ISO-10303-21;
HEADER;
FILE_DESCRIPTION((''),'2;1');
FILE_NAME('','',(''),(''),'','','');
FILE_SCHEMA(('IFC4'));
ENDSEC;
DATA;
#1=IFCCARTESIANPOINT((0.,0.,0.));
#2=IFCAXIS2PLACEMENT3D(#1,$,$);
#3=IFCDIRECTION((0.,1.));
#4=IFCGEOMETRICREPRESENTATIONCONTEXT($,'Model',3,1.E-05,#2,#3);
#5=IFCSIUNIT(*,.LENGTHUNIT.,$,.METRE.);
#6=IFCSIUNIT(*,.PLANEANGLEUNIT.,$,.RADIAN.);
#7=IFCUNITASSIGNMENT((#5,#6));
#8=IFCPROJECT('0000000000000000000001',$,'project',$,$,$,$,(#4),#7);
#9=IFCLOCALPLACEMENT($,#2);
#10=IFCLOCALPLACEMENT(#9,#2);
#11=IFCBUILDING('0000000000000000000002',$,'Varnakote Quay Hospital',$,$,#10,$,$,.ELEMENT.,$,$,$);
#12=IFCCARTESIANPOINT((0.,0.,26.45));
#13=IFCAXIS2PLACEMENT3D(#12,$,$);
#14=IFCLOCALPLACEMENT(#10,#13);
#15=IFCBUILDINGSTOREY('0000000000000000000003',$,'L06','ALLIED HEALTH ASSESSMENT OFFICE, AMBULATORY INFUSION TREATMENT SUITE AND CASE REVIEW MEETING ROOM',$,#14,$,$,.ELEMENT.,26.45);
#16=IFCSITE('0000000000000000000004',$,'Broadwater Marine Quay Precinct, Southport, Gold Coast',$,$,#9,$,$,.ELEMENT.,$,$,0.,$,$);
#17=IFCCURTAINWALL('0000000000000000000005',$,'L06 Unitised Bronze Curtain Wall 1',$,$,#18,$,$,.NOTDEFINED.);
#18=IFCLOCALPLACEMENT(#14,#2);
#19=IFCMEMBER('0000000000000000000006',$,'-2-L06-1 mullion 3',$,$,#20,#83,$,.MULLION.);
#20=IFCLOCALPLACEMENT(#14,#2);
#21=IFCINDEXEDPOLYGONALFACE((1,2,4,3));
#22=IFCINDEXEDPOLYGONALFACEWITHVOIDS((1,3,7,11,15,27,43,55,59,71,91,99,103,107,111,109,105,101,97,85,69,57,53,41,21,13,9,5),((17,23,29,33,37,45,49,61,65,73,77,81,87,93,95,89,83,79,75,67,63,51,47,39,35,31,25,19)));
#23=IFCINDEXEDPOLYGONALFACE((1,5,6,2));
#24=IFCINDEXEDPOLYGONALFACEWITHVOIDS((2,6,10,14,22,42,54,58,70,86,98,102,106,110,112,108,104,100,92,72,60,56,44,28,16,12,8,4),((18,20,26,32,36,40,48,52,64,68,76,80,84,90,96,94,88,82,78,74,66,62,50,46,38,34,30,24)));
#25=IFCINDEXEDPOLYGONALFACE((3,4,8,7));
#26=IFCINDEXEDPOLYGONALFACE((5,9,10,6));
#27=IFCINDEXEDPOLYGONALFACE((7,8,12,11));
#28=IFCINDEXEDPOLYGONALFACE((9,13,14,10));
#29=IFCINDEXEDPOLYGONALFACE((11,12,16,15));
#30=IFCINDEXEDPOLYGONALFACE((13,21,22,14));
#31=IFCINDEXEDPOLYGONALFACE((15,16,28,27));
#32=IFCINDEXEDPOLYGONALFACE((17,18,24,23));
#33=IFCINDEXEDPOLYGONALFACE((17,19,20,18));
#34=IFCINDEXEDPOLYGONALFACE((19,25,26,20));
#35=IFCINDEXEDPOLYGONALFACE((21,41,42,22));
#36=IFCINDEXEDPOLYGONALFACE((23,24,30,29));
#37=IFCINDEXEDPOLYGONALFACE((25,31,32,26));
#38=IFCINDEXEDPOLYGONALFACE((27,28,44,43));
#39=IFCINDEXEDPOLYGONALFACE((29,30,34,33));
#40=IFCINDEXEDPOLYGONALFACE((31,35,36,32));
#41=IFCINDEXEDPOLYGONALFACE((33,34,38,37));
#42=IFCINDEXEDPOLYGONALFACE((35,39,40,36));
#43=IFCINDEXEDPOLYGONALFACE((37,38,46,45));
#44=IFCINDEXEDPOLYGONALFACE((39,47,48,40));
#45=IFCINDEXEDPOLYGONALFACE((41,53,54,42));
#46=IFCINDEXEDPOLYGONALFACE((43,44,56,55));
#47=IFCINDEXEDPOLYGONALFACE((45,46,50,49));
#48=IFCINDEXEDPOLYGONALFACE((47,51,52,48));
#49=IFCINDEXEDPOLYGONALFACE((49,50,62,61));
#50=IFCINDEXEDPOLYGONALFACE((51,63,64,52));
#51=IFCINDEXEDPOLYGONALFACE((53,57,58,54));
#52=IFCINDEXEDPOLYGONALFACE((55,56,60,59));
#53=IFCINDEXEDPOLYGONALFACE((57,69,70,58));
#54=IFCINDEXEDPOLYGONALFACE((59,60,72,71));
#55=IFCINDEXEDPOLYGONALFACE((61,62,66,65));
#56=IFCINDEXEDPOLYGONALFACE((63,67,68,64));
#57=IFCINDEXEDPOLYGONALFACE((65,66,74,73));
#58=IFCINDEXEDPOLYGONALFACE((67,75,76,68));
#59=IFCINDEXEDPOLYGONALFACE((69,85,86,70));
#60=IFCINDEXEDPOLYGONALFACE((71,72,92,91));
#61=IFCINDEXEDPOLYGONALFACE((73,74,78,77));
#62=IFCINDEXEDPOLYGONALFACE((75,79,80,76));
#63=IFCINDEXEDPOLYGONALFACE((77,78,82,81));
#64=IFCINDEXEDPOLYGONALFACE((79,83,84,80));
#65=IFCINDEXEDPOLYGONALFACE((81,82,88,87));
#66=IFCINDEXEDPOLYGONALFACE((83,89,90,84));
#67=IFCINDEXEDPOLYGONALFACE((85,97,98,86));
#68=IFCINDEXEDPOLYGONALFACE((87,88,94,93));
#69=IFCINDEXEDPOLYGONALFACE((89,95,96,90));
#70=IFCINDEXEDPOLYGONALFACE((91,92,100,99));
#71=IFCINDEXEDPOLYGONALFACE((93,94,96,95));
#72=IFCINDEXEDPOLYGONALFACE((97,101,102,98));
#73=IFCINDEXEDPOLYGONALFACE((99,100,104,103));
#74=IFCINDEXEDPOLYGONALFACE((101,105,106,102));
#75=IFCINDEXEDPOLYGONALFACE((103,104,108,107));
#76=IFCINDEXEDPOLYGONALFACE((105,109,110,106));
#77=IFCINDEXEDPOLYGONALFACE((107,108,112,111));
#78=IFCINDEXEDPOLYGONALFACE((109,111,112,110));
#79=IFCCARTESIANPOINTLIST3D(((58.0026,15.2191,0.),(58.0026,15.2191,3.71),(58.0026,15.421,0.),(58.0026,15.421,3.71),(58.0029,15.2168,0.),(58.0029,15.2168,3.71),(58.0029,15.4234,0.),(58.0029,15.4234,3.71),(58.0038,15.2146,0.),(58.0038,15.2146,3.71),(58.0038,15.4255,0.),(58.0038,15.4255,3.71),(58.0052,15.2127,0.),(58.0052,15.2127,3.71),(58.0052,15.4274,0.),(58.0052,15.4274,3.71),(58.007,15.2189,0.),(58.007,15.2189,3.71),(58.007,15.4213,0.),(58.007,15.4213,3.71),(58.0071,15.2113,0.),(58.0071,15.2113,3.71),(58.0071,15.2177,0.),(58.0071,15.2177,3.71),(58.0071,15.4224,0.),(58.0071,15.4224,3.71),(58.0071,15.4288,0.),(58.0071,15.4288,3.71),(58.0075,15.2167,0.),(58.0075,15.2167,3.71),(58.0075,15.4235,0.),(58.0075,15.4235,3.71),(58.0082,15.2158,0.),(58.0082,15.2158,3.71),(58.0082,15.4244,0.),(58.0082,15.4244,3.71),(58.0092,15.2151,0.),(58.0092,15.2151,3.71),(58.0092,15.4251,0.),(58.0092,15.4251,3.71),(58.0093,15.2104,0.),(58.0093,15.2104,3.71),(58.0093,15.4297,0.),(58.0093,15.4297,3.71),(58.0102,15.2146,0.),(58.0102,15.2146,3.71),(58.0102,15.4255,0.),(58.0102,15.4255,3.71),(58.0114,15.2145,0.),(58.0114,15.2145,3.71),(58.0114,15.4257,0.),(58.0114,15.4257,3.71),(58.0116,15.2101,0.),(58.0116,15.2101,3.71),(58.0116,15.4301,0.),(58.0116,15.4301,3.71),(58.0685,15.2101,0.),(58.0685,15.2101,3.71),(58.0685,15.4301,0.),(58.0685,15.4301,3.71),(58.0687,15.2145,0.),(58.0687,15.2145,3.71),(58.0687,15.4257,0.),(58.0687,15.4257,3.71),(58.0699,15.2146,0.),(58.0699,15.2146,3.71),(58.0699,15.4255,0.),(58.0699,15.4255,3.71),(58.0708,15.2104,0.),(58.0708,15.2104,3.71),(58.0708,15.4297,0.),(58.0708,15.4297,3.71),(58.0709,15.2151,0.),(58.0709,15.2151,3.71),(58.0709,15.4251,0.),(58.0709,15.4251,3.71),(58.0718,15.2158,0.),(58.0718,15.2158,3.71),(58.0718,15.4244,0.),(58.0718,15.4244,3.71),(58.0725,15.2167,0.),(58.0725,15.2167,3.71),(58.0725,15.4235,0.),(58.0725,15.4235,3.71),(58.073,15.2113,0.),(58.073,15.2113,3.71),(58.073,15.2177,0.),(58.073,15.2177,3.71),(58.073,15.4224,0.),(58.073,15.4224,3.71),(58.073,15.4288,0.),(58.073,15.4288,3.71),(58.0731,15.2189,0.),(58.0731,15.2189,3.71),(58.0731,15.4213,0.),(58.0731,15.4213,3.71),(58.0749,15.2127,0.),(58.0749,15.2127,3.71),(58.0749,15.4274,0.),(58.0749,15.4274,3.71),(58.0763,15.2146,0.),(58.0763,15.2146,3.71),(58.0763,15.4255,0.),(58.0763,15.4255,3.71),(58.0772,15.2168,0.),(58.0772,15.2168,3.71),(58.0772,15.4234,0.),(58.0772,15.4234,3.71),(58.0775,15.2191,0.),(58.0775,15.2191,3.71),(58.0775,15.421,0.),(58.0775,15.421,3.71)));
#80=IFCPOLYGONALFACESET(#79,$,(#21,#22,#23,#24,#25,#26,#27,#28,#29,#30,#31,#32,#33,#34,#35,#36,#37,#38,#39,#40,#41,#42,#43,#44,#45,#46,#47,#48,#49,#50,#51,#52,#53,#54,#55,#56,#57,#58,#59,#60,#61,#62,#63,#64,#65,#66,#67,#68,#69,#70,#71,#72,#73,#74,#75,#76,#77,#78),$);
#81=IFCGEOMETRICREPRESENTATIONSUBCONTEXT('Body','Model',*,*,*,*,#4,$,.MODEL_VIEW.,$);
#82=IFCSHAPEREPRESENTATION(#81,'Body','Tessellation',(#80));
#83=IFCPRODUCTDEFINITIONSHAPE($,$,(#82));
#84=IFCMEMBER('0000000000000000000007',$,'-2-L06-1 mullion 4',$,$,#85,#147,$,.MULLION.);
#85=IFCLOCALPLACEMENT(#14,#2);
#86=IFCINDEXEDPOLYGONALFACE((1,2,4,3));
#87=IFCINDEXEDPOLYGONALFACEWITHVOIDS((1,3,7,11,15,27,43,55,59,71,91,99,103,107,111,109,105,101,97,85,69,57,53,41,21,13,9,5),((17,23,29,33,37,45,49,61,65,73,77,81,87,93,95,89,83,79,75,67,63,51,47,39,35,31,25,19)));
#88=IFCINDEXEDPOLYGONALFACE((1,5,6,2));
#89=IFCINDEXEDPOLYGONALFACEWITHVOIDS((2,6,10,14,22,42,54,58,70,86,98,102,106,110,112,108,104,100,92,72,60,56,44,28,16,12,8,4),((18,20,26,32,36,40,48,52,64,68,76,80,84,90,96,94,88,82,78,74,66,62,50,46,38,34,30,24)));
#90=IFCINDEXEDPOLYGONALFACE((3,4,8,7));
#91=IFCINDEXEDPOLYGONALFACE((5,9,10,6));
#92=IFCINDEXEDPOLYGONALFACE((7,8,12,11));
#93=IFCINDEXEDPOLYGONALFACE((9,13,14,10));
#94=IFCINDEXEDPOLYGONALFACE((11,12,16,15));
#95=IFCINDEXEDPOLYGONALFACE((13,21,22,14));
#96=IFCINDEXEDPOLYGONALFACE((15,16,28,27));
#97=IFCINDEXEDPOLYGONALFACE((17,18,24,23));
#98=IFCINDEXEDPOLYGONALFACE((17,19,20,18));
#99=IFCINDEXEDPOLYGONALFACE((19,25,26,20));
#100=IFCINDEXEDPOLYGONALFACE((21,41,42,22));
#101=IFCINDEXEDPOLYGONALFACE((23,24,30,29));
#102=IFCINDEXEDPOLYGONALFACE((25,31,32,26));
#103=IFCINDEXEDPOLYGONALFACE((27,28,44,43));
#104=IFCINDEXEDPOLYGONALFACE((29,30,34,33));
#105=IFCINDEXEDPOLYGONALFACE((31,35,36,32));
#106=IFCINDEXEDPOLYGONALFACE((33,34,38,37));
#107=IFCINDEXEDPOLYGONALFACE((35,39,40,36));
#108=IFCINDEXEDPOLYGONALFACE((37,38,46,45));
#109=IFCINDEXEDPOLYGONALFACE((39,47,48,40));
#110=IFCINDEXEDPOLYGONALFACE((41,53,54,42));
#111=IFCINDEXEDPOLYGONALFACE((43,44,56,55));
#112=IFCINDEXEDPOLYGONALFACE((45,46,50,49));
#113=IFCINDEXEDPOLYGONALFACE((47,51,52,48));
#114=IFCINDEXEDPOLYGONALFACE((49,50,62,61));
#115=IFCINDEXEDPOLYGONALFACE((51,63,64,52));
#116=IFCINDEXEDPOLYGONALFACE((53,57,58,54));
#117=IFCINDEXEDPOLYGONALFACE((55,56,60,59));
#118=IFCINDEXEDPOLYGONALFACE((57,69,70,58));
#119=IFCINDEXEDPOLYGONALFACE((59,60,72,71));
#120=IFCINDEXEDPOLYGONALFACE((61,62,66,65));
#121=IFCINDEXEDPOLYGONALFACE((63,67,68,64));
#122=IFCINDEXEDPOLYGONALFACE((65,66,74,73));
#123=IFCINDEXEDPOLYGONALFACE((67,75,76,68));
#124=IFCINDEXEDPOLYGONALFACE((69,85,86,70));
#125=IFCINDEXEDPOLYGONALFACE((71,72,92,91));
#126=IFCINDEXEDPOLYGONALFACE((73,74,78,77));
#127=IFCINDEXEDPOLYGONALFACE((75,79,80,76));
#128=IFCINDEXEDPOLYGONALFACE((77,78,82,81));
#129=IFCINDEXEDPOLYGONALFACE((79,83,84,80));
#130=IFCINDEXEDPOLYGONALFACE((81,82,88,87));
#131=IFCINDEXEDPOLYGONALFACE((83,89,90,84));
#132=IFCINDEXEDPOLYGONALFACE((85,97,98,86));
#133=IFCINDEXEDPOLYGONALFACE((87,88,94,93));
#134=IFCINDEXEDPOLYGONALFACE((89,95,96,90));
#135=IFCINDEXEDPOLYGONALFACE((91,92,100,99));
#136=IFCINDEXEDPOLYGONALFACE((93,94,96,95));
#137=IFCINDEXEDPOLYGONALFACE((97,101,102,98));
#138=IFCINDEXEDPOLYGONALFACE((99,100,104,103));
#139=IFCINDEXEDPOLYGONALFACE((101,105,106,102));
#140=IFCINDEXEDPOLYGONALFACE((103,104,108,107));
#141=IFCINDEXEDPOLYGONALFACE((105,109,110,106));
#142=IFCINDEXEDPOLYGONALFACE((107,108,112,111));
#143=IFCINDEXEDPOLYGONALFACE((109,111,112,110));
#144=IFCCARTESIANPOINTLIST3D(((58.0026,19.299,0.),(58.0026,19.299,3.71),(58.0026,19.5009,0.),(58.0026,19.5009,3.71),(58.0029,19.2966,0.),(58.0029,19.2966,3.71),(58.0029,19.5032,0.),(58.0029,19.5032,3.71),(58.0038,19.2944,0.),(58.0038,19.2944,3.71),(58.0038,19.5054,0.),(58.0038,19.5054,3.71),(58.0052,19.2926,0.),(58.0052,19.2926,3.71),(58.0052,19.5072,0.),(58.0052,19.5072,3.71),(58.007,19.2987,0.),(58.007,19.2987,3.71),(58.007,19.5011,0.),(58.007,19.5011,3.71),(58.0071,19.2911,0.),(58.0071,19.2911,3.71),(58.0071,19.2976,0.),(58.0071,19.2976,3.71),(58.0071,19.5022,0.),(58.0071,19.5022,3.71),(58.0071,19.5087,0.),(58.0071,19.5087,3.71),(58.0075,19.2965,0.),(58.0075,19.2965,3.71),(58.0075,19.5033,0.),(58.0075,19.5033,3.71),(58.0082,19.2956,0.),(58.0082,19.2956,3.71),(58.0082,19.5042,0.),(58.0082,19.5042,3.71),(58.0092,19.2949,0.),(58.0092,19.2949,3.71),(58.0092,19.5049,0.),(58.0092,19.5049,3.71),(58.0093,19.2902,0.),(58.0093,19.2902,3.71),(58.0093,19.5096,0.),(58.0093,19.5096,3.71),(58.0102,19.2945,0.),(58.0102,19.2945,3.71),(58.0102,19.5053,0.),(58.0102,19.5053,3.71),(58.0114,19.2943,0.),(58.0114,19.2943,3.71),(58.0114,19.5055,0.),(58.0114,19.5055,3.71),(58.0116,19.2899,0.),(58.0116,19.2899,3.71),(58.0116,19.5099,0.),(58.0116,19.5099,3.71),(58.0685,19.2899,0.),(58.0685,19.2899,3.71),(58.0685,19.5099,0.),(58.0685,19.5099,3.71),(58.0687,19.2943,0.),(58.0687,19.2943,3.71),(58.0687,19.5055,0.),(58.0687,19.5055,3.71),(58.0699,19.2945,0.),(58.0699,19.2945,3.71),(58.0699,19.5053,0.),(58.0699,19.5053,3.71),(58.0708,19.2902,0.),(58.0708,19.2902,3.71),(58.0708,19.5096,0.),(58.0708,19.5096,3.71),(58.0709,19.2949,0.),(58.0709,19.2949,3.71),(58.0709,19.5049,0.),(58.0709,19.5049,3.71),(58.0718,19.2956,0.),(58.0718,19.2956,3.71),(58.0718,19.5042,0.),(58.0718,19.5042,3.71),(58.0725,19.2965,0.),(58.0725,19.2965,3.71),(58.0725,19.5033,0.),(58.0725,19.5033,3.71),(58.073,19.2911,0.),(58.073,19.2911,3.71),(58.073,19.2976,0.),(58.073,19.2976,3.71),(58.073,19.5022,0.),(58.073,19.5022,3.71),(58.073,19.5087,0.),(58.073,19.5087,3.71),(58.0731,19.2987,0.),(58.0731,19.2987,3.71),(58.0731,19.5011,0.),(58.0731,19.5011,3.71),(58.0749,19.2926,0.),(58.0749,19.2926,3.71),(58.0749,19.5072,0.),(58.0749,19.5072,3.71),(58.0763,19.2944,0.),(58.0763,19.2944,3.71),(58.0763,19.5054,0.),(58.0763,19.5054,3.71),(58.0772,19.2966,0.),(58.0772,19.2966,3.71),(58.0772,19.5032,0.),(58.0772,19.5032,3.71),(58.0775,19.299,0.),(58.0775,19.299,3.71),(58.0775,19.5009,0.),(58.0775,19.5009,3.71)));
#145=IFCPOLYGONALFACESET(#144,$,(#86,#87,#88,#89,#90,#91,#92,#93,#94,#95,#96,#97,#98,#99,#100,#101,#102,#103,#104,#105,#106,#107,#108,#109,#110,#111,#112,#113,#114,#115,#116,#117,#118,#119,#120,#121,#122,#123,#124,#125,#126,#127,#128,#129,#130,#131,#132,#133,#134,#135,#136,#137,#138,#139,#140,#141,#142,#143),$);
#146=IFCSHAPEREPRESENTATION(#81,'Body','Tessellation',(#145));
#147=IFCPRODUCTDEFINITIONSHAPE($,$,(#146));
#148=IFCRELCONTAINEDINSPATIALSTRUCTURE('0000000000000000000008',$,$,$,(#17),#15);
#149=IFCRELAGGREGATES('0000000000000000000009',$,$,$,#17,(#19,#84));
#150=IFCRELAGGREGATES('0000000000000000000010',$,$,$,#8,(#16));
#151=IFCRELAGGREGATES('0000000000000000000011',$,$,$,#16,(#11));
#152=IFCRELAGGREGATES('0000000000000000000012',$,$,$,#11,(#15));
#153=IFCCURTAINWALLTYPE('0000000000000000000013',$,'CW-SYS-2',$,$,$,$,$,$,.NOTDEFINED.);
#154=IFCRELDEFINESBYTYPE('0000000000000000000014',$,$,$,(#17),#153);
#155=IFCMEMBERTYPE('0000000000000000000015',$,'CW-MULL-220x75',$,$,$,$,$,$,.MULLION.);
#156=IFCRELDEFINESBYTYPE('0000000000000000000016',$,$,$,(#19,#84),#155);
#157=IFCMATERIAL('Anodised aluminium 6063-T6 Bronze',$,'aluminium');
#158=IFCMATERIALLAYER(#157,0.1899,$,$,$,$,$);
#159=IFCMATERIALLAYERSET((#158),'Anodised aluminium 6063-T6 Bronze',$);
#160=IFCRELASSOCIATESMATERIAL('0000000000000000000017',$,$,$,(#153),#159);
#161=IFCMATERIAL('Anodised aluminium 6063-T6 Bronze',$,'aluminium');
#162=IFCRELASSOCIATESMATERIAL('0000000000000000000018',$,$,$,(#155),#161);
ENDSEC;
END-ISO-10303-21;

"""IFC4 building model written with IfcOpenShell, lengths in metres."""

from ifc_helpers import new_model, si_unit, direction, frame, origin, origin_2d, place, context, subcontext, project, spatial, hollow_rectangle, extrude, material, layer, layer_set, material_profile, profile_set, type_object, element, aggregate, save


model = new_model("IFC4")

# Units and contexts
model_context = context("Model", 3, precision=1e-05, world=origin(), true_north=direction((0.0, 1.0)))
body_context = subcontext(model_context, "Body", "Model", "MODEL_VIEW")
ifc_project = project(units=[si_unit("LENGTHUNIT", "METRE"), si_unit("PLANEANGLEUNIT", "RADIAN")], contexts=[model_context])

# Site, building, storey
site_placement = place(None, origin())
site = spatial("IfcSite", under=ifc_project, at=site_placement, Name="Broadwater Marine Quay Precinct, Southport, Gold Coast", CompositionType="ELEMENT", RefElevation=0.0)
building_placement = place(site_placement, origin())
building = spatial("IfcBuilding", under=site, at=building_placement, Name="Varnakote Quay Hospital", CompositionType="ELEMENT")
storey_placement = place(building_placement, frame((0.0, 0.0, 26.45)))
storey = spatial("IfcBuildingStorey", under=building, at=storey_placement, Name="L06", Description="ALLIED HEALTH ASSESSMENT OFFICE, AMBULATORY INFUSION TREATMENT SUITE AND CASE REVIEW MEETING ROOM", CompositionType="ELEMENT", Elevation=26.45)

# Curtain wall, members
ifc_material_1 = material(Name="Anodised aluminium 6063-T6 Bronze", Category="aluminium")
ifc_layer_1 = layer(ifc_material_1, 0.1899)
ifc_layer_set_1 = layer_set([ifc_layer_1], Name="Anodised aluminium 6063-T6 Bronze")
curtain_wall_type = type_object("IfcCurtainWallType", Name="CW-SYS-2", PredefinedType="NOTDEFINED", material=ifc_layer_set_1)
curtain_wall_placement = place(storey_placement, origin())
curtain_wall = element("IfcCurtainWall", 1, at=curtain_wall_placement, inside=storey, type_object=curtain_wall_type, Name="L06 Unitised Bronze Curtain Wall 1", PredefinedType="NOTDEFINED")
ifc_material_2 = material(Name="Anodised aluminium 6063-T6 Bronze", Category="aluminium")
ifc_material_profile_1 = material_profile(ifc_material_2, hollow_rectangle(XDim=0.075, YDim=0.22, WallThickness=0.0044, InnerFilletRadius=0.0044, OuterFilletRadius=0.009, at=origin_2d()), Name="CW-MULL-220x75")
ifc_profile_set_1 = profile_set([ifc_material_profile_1], Name="Anodised aluminium 6063-T6 Bronze")
member_type_1 = type_object("IfcMemberType", Name="CW-MULL-220x75", PredefinedType="MULLION", material=ifc_profile_set_1)
member_1_placement = place(storey_placement, frame((58.04, 15.3201, 0.0), z_axis=(0.0, 0.0, 1.0), x_axis=(-1.0, 0.0, 0.0)))
member_1 = element("IfcMember", 2, at=member_1_placement, type_object=member_type_1, Name="-2-L06-1 mullion 3", PredefinedType="MULLION", context=body_context, shape_type="SweptSolid", body=[
    extrude(hollow_rectangle(XDim=0.075, YDim=0.22, WallThickness=0.0044, InnerFilletRadius=0.0044, OuterFilletRadius=0.009, at=origin_2d()), origin(), (0.0, 0.0, 1.0), 3.71),
])
member_2_placement = place(storey_placement, frame((58.04, 19.3999, 0.0), z_axis=(0.0, 0.0, 1.0), x_axis=(-1.0, 0.0, 0.0)))
member_2 = element("IfcMember", 3, at=member_2_placement, type_object=member_type_1, Name="-2-L06-1 mullion 4", PredefinedType="MULLION", context=body_context, shape_type="SweptSolid", body=[
    extrude(hollow_rectangle(XDim=0.075, YDim=0.22, WallThickness=0.0044, InnerFilletRadius=0.0044, OuterFilletRadius=0.009, at=origin_2d()), origin(), (0.0, 0.0, 1.0), 3.71),
])
aggregate(curtain_wall, [member_1, member_2])

save(model, "model.ifc")
